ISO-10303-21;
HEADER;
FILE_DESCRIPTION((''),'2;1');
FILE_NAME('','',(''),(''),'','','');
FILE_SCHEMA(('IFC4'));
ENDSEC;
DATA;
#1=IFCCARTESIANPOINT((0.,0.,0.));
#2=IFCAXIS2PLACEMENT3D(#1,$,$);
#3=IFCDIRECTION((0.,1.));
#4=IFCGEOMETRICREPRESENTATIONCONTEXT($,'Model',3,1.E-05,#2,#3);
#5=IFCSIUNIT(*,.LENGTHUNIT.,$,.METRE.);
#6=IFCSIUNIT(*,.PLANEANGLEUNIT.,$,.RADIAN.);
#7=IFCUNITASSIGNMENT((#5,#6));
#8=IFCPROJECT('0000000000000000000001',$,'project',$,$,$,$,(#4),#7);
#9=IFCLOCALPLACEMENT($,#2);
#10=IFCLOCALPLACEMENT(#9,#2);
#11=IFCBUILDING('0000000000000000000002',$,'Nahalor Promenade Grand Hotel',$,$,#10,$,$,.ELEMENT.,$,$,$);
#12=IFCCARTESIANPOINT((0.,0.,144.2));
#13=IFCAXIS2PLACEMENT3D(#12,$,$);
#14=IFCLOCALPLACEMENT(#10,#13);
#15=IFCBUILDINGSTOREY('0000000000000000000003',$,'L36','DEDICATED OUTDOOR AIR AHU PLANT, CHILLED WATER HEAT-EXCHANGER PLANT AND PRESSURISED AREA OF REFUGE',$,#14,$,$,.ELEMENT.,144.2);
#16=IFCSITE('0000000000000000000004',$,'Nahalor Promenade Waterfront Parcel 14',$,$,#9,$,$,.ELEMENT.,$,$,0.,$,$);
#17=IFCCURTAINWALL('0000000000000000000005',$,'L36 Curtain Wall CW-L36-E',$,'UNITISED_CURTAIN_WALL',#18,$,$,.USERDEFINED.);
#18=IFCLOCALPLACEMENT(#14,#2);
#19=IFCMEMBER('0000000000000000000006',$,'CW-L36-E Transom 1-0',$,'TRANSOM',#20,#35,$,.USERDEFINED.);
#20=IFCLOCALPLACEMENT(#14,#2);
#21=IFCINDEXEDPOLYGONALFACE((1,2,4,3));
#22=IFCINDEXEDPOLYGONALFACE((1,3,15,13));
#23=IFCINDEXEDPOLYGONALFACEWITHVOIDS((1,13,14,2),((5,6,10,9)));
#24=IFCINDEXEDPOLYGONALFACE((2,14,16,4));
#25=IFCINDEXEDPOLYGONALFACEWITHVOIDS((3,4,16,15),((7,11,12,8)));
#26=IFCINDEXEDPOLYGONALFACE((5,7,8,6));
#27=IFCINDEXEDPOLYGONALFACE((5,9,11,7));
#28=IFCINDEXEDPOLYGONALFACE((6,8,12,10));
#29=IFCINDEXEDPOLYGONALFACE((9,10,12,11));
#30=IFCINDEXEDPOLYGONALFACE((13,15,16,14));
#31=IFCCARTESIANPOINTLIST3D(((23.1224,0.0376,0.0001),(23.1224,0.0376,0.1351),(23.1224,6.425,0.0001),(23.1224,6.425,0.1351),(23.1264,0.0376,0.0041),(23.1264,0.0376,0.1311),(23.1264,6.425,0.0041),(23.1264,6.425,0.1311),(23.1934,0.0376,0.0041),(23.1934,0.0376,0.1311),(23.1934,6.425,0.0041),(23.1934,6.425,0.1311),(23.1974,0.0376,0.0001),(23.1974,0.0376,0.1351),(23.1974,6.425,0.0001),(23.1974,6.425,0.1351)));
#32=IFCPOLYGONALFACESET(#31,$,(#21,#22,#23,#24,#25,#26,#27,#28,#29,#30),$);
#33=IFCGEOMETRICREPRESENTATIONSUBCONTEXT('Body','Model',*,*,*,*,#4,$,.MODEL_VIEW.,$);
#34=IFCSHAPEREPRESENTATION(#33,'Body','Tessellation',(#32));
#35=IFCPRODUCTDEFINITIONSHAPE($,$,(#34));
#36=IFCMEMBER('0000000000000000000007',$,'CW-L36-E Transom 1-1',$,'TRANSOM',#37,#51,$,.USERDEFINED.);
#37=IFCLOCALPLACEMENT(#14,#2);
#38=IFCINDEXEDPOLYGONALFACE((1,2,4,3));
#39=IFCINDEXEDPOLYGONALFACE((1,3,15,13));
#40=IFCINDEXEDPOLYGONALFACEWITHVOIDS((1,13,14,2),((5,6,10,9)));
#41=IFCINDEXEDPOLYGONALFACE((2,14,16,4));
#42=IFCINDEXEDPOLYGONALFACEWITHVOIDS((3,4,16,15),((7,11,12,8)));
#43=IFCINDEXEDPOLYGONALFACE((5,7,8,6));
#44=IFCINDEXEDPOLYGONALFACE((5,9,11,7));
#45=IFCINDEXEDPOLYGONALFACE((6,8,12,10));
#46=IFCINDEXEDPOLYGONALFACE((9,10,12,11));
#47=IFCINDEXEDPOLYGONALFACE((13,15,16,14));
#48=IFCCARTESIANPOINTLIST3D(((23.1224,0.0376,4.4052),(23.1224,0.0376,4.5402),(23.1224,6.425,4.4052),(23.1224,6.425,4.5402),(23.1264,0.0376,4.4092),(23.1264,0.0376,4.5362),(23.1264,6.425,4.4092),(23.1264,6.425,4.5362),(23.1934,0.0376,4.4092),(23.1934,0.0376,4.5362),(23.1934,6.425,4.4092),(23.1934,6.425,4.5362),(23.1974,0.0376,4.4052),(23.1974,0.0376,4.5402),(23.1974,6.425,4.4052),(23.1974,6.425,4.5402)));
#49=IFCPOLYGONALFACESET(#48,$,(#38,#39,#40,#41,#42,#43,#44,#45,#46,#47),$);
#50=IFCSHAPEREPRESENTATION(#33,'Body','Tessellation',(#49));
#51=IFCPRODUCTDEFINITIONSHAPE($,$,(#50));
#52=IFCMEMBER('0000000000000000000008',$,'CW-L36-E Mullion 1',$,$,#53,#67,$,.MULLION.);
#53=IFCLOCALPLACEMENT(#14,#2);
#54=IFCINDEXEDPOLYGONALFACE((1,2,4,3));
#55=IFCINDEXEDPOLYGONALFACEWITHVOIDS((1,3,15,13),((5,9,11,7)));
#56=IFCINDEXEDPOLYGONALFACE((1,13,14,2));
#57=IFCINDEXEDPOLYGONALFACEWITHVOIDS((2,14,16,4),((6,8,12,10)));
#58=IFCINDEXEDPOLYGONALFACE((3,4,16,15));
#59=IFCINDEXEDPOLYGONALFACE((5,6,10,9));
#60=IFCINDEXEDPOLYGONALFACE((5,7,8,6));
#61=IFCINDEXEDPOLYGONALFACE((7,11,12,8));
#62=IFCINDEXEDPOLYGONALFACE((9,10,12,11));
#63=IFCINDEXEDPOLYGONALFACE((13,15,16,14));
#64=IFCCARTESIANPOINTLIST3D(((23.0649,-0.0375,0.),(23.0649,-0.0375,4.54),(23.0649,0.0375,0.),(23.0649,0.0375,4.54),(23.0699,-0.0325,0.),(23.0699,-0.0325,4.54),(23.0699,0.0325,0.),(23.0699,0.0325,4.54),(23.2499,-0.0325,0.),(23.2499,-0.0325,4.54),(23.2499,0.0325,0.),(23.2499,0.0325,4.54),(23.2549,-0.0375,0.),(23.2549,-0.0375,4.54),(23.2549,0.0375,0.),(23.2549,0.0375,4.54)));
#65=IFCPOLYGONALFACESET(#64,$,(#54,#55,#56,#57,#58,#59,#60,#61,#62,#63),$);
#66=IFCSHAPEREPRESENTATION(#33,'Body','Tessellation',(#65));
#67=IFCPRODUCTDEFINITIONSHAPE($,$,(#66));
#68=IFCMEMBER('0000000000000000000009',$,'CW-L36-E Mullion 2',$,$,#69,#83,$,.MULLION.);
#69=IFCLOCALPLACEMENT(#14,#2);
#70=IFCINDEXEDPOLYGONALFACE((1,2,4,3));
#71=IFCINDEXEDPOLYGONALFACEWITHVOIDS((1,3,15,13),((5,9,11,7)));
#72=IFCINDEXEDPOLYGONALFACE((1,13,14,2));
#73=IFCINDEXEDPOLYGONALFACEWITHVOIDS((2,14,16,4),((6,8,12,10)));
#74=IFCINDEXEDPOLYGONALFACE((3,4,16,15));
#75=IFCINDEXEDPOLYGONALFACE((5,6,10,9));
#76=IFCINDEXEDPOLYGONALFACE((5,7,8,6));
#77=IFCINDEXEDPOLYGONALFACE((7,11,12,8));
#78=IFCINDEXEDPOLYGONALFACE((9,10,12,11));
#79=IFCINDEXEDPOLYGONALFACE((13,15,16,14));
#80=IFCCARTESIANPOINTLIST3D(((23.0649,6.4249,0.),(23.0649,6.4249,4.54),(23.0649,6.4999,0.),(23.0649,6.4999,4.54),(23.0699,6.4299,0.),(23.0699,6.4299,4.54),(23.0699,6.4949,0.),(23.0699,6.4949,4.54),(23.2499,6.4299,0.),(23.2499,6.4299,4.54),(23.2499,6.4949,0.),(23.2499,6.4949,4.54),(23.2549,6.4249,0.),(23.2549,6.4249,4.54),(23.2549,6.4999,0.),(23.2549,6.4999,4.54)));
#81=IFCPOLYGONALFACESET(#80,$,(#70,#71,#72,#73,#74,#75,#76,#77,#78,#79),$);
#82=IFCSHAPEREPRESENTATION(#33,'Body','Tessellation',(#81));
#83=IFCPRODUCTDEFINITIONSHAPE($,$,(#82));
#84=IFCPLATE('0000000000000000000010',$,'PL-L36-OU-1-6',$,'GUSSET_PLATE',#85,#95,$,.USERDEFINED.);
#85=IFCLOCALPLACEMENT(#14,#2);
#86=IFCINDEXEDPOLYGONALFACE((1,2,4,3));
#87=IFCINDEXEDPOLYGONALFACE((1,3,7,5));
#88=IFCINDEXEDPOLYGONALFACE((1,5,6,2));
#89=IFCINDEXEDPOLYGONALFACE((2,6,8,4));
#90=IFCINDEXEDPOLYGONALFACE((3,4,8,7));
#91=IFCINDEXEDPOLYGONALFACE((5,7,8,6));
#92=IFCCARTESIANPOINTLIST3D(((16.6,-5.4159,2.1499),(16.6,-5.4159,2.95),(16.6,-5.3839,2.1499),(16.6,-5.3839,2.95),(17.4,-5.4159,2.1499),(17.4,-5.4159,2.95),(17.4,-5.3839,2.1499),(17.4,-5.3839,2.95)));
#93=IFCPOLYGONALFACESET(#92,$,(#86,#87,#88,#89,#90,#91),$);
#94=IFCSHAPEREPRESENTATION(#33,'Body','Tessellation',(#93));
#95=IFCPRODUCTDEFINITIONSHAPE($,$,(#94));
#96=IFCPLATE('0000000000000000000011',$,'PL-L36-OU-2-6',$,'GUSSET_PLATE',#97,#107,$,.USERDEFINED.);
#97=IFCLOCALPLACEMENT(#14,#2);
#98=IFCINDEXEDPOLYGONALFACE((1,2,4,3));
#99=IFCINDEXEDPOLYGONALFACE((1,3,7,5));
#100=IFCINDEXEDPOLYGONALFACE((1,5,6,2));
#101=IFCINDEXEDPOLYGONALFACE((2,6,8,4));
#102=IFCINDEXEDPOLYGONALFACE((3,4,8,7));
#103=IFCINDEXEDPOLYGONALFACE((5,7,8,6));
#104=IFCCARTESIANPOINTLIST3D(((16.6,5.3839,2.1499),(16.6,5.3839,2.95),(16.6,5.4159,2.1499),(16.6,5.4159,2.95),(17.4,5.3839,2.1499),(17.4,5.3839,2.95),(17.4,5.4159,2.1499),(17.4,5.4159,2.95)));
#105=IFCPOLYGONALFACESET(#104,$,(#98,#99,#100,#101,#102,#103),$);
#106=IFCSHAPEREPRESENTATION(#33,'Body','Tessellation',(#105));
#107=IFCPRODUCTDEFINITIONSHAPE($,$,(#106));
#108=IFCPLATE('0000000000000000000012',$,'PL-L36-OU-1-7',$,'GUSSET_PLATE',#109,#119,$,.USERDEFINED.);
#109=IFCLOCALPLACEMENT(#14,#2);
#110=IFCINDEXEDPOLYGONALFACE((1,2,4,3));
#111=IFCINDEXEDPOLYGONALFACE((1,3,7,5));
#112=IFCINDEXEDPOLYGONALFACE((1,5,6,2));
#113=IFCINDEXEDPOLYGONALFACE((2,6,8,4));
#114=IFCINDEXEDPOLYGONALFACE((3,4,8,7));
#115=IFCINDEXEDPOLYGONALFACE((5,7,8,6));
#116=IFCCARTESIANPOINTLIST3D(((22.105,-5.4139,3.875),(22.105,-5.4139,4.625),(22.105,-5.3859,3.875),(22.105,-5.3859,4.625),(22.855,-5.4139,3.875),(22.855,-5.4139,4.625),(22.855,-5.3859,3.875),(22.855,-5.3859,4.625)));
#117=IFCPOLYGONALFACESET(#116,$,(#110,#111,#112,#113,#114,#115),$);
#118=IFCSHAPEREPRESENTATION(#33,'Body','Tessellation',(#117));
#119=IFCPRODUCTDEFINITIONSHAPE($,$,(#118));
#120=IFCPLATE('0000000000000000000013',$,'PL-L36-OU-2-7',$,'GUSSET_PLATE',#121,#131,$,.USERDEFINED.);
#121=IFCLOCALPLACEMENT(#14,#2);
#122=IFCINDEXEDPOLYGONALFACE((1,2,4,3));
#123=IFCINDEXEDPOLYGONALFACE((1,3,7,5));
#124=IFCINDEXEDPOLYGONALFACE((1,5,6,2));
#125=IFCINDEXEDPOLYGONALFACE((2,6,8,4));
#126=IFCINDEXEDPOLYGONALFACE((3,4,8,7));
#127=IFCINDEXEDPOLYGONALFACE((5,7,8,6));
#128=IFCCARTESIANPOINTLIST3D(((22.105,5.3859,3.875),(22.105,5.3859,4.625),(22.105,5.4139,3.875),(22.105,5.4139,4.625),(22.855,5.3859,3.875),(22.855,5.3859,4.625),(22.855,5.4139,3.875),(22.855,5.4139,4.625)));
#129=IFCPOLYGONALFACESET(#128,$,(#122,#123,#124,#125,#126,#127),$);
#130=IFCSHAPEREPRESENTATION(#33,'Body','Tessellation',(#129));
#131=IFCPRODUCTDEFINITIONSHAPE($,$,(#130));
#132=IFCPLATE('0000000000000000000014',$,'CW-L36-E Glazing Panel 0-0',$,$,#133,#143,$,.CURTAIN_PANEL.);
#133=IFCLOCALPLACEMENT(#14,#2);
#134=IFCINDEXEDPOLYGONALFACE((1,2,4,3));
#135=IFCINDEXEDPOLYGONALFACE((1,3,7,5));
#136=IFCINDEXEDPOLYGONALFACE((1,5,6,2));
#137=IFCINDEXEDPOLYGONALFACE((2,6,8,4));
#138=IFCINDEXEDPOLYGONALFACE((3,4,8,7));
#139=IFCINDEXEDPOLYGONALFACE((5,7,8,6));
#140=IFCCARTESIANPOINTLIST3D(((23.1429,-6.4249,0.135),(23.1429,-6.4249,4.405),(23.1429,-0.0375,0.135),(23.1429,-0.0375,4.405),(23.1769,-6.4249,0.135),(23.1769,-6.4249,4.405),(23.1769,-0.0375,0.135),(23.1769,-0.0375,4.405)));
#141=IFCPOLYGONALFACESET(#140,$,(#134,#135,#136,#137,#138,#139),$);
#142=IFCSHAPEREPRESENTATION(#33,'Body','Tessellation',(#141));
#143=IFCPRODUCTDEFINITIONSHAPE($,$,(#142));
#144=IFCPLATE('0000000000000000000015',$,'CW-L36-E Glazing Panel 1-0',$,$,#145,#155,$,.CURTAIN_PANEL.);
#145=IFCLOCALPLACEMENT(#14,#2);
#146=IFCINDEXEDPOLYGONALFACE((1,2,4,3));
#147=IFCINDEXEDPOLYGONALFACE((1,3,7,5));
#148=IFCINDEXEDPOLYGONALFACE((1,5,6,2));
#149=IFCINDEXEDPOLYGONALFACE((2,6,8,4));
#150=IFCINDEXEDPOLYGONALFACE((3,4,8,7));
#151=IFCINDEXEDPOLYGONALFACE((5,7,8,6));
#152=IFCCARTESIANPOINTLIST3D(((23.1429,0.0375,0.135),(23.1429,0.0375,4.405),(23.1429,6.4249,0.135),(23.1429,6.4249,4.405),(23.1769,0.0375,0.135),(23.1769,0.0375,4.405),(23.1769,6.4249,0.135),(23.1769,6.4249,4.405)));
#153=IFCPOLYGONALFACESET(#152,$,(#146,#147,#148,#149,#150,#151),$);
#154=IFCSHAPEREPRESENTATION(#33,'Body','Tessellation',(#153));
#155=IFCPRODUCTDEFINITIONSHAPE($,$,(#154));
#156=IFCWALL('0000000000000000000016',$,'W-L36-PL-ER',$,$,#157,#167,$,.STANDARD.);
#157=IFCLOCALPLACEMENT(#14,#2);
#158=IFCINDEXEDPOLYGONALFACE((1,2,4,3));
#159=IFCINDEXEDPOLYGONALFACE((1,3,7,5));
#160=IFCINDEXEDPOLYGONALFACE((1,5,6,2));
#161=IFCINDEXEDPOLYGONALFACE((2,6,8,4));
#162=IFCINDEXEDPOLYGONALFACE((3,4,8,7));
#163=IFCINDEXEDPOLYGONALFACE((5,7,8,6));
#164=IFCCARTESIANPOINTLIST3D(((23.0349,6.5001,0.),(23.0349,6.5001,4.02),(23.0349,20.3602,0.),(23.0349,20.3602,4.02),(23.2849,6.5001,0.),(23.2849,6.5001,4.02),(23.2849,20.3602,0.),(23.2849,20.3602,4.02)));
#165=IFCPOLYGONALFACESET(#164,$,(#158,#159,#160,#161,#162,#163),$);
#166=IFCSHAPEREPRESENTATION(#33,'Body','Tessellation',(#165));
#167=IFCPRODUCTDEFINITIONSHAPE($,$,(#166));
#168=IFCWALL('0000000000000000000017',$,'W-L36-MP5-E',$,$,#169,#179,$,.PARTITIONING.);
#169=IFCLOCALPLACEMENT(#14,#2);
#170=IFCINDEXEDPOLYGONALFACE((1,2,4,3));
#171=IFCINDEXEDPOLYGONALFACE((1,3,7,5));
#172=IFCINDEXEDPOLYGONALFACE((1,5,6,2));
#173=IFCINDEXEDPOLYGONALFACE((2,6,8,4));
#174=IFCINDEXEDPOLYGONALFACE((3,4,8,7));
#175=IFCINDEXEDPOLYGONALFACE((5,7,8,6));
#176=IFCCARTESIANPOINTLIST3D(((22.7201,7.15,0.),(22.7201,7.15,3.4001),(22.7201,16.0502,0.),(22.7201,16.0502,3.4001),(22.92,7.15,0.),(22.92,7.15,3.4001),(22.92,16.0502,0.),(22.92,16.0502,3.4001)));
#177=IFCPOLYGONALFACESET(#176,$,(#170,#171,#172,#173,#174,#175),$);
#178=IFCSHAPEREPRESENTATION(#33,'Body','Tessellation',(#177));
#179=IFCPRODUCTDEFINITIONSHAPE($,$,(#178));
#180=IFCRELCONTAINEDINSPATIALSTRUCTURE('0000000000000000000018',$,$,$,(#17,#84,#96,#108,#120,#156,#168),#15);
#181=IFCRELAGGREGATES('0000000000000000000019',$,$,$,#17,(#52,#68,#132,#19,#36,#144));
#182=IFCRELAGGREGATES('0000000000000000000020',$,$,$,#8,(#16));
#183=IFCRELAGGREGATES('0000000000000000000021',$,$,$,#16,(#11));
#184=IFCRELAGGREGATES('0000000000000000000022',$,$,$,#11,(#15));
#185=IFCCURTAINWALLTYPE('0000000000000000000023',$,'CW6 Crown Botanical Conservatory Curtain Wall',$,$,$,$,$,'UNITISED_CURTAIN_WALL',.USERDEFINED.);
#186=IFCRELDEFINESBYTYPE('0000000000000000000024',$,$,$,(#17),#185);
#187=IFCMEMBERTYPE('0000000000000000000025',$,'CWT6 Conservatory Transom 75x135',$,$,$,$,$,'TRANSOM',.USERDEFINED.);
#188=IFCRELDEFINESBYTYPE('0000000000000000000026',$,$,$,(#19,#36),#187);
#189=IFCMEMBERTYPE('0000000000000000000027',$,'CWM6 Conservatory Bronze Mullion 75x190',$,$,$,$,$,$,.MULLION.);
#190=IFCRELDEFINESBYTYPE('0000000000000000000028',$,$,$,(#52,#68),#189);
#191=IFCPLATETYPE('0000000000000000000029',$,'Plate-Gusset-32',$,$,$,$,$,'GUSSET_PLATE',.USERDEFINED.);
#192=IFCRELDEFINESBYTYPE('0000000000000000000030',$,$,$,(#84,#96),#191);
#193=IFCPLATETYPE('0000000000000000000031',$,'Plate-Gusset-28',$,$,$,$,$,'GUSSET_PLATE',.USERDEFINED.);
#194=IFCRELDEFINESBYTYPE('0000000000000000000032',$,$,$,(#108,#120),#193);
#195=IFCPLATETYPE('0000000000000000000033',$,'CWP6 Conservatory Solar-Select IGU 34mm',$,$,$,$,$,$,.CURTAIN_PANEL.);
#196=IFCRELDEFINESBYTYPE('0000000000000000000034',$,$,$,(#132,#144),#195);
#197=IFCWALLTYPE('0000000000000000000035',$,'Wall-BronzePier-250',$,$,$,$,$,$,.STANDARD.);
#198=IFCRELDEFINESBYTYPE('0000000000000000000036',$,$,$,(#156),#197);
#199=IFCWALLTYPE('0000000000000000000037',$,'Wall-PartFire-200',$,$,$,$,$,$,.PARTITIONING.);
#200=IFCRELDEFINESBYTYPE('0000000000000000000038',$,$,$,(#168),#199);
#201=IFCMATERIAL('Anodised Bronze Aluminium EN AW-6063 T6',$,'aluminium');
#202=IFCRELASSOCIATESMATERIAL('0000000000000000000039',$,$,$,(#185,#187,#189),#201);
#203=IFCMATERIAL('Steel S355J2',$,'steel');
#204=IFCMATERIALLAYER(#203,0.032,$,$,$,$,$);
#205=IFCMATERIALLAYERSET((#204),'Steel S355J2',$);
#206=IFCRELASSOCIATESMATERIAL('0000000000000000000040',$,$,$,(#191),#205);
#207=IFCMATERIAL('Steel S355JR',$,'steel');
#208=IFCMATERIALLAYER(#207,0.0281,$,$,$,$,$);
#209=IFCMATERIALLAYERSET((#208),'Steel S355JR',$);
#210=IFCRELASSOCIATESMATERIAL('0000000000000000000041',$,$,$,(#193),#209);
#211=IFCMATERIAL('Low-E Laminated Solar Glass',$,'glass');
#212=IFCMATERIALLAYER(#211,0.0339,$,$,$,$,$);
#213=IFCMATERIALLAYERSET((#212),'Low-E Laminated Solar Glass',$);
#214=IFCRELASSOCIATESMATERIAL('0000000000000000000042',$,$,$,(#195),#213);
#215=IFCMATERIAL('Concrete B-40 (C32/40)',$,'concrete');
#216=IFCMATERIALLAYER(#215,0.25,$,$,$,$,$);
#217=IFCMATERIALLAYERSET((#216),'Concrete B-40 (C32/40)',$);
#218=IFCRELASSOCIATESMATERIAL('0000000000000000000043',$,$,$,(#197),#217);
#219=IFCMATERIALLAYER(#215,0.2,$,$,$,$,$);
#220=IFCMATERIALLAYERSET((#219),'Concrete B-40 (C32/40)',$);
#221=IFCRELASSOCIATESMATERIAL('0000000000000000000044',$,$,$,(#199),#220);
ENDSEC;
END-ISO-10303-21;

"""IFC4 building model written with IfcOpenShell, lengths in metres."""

from ifc_helpers import new_model, si_unit, direction, frame, frame_2d, origin, origin_2d, place, context, subcontext, project, spatial, rectangle, hollow_rectangle, extrude, source, transform, mapped, material, layer, layer_set, material_profile, profile_set, type_object, element, aggregate, save


model = new_model("IFC4")

# Units and contexts
model_context = context("Model", 3, precision=1e-05, world=origin(), true_north=direction((0.0, 1.0)))
body_context = subcontext(model_context, "Body", "Model", "MODEL_VIEW")
ifc_project = project(units=[si_unit("LENGTHUNIT", "METRE"), si_unit("PLANEANGLEUNIT", "RADIAN")], contexts=[model_context])

# Site, building, storey
site_placement = place(None, origin())
site = spatial("IfcSite", under=ifc_project, at=site_placement, Name="Nahalor Promenade Waterfront Parcel 14", CompositionType="ELEMENT", RefElevation=0.0)
building_placement = place(site_placement, origin())
building = spatial("IfcBuilding", under=site, at=building_placement, Name="Nahalor Promenade Grand Hotel", CompositionType="ELEMENT")
storey_placement = place(building_placement, frame((0.0, 0.0, 144.2)))
storey = spatial("IfcBuildingStorey", under=building, at=storey_placement, Name="L36", Description="DEDICATED OUTDOOR AIR AHU PLANT, CHILLED WATER HEAT-EXCHANGER PLANT AND PRESSURISED AREA OF REFUGE", CompositionType="ELEMENT", Elevation=144.2)

# Shared definitions
ifc_material_1 = material(Name="Steel S355J2", Category="steel")

# Shared definitions
ifc_material_2 = material(Name="Steel S355JR", Category="steel")

# Curtain wall, members
ifc_material_3 = material(Name="Anodised Bronze Aluminium EN AW-6063 T6", Category="aluminium")
curtain_wall_type = type_object("IfcCurtainWallType", Name="CW6 Crown Botanical Conservatory Curtain Wall", ElementType="UNITISED_CURTAIN_WALL", PredefinedType="USERDEFINED", material=ifc_material_3)
curtain_wall_placement = place(storey_placement, origin())
curtain_wall = element("IfcCurtainWall", 1, at=curtain_wall_placement, inside=storey, type_object=curtain_wall_type, Name="L36 Curtain Wall CW-L36-E", ObjectType="UNITISED_CURTAIN_WALL", PredefinedType="USERDEFINED")
ifc_material_profile_1 = material_profile(ifc_material_3, hollow_rectangle(XDim=0.075, YDim=0.135, WallThickness=0.004, at=origin_2d()), Name="CWT 75x135x4")
ifc_profile_set_1 = profile_set([ifc_material_profile_1], Name="Anodised Bronze Aluminium EN AW-6063 T6")
member_type_1 = type_object("IfcMemberType", Name="CWT6 Conservatory Transom 75x135", ElementType="TRANSOM", PredefinedType="USERDEFINED", material=ifc_profile_set_1)
shared_shape_1 = source(origin(), body_context, "Body", "SweptSolid", [
    extrude(hollow_rectangle(XDim=0.075, YDim=0.135, WallThickness=0.004, at=origin_2d()), origin(), (0.0, 0.0, 1.0), 6.3875),
])
member_1_placement = place(storey_placement, frame((23.1599, 0.0376, 0.0676), z_axis=(0.0, 1.0, 0.0), x_axis=(-1.0, 0.0, 0.0)))
member_1 = element("IfcMember", 2, at=member_1_placement, type_object=member_type_1, Name="CW-L36-E Transom 1-0", ObjectType="TRANSOM", PredefinedType="USERDEFINED", context=body_context, shape_type="MappedRepresentation", body=[
    mapped(shared_shape_1, transform((0.0, 0.0, 0.0), scale=1.0)),
])
member_2_placement = place(storey_placement, frame((23.1599, 0.0376, 4.4727), z_axis=(0.0, 1.0, 0.0), x_axis=(-1.0, 0.0, 0.0)))
member_2 = element("IfcMember", 3, at=member_2_placement, type_object=member_type_1, Name="CW-L36-E Transom 1-1", ObjectType="TRANSOM", PredefinedType="USERDEFINED", context=body_context, shape_type="MappedRepresentation", body=[
    mapped(shared_shape_1, transform((0.0, 0.0, 0.0), scale=1.0)),
])
ifc_material_profile_2 = material_profile(ifc_material_3, hollow_rectangle(XDim=0.075, YDim=0.19, WallThickness=0.005, at=origin_2d()), Name="CWM 75x190x5")
ifc_profile_set_2 = profile_set([ifc_material_profile_2], Name="Anodised Bronze Aluminium EN AW-6063 T6")
member_type_2 = type_object("IfcMemberType", Name="CWM6 Conservatory Bronze Mullion 75x190", PredefinedType="MULLION", material=ifc_profile_set_2)
shared_shape_2 = source(origin(), body_context, "Body", "SweptSolid", [
    extrude(hollow_rectangle(XDim=0.075, YDim=0.19, WallThickness=0.005, at=origin_2d()), origin(), (0.0, 0.0, 1.0), 4.54),
])
member_3_placement = place(storey_placement, frame((23.1599, 0.0, 0.0), z_axis=(0.0, 0.0, 1.0), x_axis=(0.0, 1.0, 0.0)))
member_3 = element("IfcMember", 4, at=member_3_placement, type_object=member_type_2, Name="CW-L36-E Mullion 1", PredefinedType="MULLION", context=body_context, shape_type="MappedRepresentation", body=[
    mapped(shared_shape_2, transform((0.0, 0.0, 0.0), scale=1.0)),
])
member_4_placement = place(storey_placement, frame((23.1599, 6.4624, 0.0), z_axis=(0.0, 0.0, 1.0), x_axis=(0.0, 1.0, 0.0)))
member_4 = element("IfcMember", 5, at=member_4_placement, type_object=member_type_2, Name="CW-L36-E Mullion 2", PredefinedType="MULLION", context=body_context, shape_type="MappedRepresentation", body=[
    mapped(shared_shape_2, transform((0.0, 0.0, 0.0), scale=1.0)),
])

# Plates
ifc_layer_1 = layer(ifc_material_1, 0.032)
ifc_layer_set_1 = layer_set([ifc_layer_1], Name="Steel S355J2")
plate_type_1 = type_object("IfcPlateType", Name="Plate-Gusset-32", ElementType="GUSSET_PLATE", PredefinedType="USERDEFINED", material=ifc_layer_set_1)
shared_shape_3 = source(origin(), body_context, "Body", "SweptSolid", [
    extrude(rectangle(XDim=0.8, YDim=0.032, at=origin_2d()), origin(), (0.0, 0.0, 1.0), 0.8),
])
for number, where, z_axis, x_axis, name in (
    (6, (17.0, -5.3999, 2.1499), (0.0, 0.0, 1.0), (1.0, 0.0, 0.0), "PL-L36-OU-1-6"),
    (7, (17.0, 5.3999, 2.1499), (0.0, 0.0, 1.0), (1.0, 0.0, 0.0), "PL-L36-OU-2-6"),
):
    element("IfcPlate", number, at=place(storey_placement, frame(where, z_axis=z_axis, x_axis=x_axis)), inside=storey, type_object=plate_type_1, Name=name, ObjectType="GUSSET_PLATE", PredefinedType="USERDEFINED", context=body_context, shape_type="MappedRepresentation", body=[
        mapped(shared_shape_3, transform((0.0, 0.0, 0.0), scale=1.0)),
    ])
ifc_layer_2 = layer(ifc_material_2, 0.0281)
ifc_layer_set_2 = layer_set([ifc_layer_2], Name="Steel S355JR")
plate_type_2 = type_object("IfcPlateType", Name="Plate-Gusset-28", ElementType="GUSSET_PLATE", PredefinedType="USERDEFINED", material=ifc_layer_set_2)
shared_shape_4 = source(origin(), body_context, "Body", "SweptSolid", [
    extrude(rectangle(XDim=0.75, YDim=0.0281, at=origin_2d()), origin(), (0.0, 0.0, 1.0), 0.75),
])
for number, where, z_axis, x_axis, name in (
    (8, (22.48, -5.3999, 3.875), (0.0, 0.0, 1.0), (1.0, 0.0, 0.0), "PL-L36-OU-1-7"),
    (9, (22.48, 5.3999, 3.875), (0.0, 0.0, 1.0), (1.0, 0.0, 0.0), "PL-L36-OU-2-7"),
):
    element("IfcPlate", number, at=place(storey_placement, frame(where, z_axis=z_axis, x_axis=x_axis)), inside=storey, type_object=plate_type_2, Name=name, ObjectType="GUSSET_PLATE", PredefinedType="USERDEFINED", context=body_context, shape_type="MappedRepresentation", body=[
        mapped(shared_shape_4, transform((0.0, 0.0, 0.0), scale=1.0)),
    ])

# Plates
ifc_material_4 = material(Name="Low-E Laminated Solar Glass", Category="glass")
ifc_layer_3 = layer(ifc_material_4, 0.0339)
ifc_layer_set_3 = layer_set([ifc_layer_3], Name="Low-E Laminated Solar Glass")
plate_type_3 = type_object("IfcPlateType", Name="CWP6 Conservatory Solar-Select IGU 34mm", PredefinedType="CURTAIN_PANEL", material=ifc_layer_set_3)
shared_shape_5 = source(origin(), body_context, "Body", "SweptSolid", [
    extrude(rectangle(XDim=6.3875, YDim=0.0339, at=origin_2d()), origin(), (0.0, 0.0, 1.0), 4.27),
])
plate_1_placement = place(storey_placement, frame((23.1599, -3.2312, 0.135), z_axis=(0.0, 0.0, 1.0), x_axis=(0.0, 1.0, 0.0)))
plate_1 = element("IfcPlate", 10, at=plate_1_placement, type_object=plate_type_3, Name="CW-L36-E Glazing Panel 0-0", PredefinedType="CURTAIN_PANEL", context=body_context, shape_type="MappedRepresentation", body=[
    mapped(shared_shape_5, transform((0.0, 0.0, 0.0), scale=1.0)),
])
plate_2_placement = place(storey_placement, frame((23.1599, 3.2312, 0.135), z_axis=(0.0, 0.0, 1.0), x_axis=(0.0, 1.0, 0.0)))
plate_2 = element("IfcPlate", 11, at=plate_2_placement, type_object=plate_type_3, Name="CW-L36-E Glazing Panel 1-0", PredefinedType="CURTAIN_PANEL", context=body_context, shape_type="MappedRepresentation", body=[
    mapped(shared_shape_5, transform((0.0, 0.0, 0.0), scale=1.0)),
])
aggregate(curtain_wall, [member_3, member_4, plate_1, member_1, member_2, plate_2])

# Walls
ifc_material_5 = material(Name="Concrete B-40 (C32/40)", Category="concrete")
ifc_layer_4 = layer(ifc_material_5, 0.25)
ifc_layer_set_4 = layer_set([ifc_layer_4], Name="Concrete B-40 (C32/40)")
wall_type_1 = type_object("IfcWallType", Name="Wall-BronzePier-250", PredefinedType="STANDARD", material=ifc_layer_set_4)
shared_shape_6 = source(origin(), body_context, "Body", "SweptSolid", [
    extrude(rectangle(XDim=13.8601, YDim=0.25, at=frame_2d((6.9302, 0.0))), origin(), (0.0, 0.0, 1.0), 4.02),
])
wall_1_placement = place(storey_placement, frame((23.1599, 6.5, 0.0), z_axis=(0.0, 0.0, 1.0), x_axis=(0.0, 1.0, 0.0)))
element("IfcWall", 12, at=wall_1_placement, inside=storey, type_object=wall_type_1, Name="W-L36-PL-ER", PredefinedType="STANDARD", context=body_context, shape_type="MappedRepresentation", body=[
    mapped(shared_shape_6, transform((0.0, 0.0, 0.0), scale=1.0)),
])
ifc_layer_5 = layer(ifc_material_5, 0.2)
ifc_layer_set_5 = layer_set([ifc_layer_5], Name="Concrete B-40 (C32/40)")
wall_type_2 = type_object("IfcWallType", Name="Wall-PartFire-200", PredefinedType="PARTITIONING", material=ifc_layer_set_5)
shared_shape_7 = source(origin(), body_context, "Body", "SweptSolid", [
    extrude(rectangle(XDim=8.9001, YDim=0.2, at=frame_2d((4.4502, 0.0))), origin(), (0.0, 0.0, 1.0), 3.4001),
])
wall_2_placement = place(storey_placement, frame((22.8201, 7.1499, 0.0), z_axis=(0.0, 0.0, 1.0), x_axis=(0.0, 1.0, 0.0)))
element("IfcWall", 13, at=wall_2_placement, inside=storey, type_object=wall_type_2, Name="W-L36-MP5-E", PredefinedType="PARTITIONING", context=body_context, shape_type="MappedRepresentation", body=[
    mapped(shared_shape_7, transform((0.0, 0.0, 0.0), scale=1.0)),
])

save(model, "model.ifc")
